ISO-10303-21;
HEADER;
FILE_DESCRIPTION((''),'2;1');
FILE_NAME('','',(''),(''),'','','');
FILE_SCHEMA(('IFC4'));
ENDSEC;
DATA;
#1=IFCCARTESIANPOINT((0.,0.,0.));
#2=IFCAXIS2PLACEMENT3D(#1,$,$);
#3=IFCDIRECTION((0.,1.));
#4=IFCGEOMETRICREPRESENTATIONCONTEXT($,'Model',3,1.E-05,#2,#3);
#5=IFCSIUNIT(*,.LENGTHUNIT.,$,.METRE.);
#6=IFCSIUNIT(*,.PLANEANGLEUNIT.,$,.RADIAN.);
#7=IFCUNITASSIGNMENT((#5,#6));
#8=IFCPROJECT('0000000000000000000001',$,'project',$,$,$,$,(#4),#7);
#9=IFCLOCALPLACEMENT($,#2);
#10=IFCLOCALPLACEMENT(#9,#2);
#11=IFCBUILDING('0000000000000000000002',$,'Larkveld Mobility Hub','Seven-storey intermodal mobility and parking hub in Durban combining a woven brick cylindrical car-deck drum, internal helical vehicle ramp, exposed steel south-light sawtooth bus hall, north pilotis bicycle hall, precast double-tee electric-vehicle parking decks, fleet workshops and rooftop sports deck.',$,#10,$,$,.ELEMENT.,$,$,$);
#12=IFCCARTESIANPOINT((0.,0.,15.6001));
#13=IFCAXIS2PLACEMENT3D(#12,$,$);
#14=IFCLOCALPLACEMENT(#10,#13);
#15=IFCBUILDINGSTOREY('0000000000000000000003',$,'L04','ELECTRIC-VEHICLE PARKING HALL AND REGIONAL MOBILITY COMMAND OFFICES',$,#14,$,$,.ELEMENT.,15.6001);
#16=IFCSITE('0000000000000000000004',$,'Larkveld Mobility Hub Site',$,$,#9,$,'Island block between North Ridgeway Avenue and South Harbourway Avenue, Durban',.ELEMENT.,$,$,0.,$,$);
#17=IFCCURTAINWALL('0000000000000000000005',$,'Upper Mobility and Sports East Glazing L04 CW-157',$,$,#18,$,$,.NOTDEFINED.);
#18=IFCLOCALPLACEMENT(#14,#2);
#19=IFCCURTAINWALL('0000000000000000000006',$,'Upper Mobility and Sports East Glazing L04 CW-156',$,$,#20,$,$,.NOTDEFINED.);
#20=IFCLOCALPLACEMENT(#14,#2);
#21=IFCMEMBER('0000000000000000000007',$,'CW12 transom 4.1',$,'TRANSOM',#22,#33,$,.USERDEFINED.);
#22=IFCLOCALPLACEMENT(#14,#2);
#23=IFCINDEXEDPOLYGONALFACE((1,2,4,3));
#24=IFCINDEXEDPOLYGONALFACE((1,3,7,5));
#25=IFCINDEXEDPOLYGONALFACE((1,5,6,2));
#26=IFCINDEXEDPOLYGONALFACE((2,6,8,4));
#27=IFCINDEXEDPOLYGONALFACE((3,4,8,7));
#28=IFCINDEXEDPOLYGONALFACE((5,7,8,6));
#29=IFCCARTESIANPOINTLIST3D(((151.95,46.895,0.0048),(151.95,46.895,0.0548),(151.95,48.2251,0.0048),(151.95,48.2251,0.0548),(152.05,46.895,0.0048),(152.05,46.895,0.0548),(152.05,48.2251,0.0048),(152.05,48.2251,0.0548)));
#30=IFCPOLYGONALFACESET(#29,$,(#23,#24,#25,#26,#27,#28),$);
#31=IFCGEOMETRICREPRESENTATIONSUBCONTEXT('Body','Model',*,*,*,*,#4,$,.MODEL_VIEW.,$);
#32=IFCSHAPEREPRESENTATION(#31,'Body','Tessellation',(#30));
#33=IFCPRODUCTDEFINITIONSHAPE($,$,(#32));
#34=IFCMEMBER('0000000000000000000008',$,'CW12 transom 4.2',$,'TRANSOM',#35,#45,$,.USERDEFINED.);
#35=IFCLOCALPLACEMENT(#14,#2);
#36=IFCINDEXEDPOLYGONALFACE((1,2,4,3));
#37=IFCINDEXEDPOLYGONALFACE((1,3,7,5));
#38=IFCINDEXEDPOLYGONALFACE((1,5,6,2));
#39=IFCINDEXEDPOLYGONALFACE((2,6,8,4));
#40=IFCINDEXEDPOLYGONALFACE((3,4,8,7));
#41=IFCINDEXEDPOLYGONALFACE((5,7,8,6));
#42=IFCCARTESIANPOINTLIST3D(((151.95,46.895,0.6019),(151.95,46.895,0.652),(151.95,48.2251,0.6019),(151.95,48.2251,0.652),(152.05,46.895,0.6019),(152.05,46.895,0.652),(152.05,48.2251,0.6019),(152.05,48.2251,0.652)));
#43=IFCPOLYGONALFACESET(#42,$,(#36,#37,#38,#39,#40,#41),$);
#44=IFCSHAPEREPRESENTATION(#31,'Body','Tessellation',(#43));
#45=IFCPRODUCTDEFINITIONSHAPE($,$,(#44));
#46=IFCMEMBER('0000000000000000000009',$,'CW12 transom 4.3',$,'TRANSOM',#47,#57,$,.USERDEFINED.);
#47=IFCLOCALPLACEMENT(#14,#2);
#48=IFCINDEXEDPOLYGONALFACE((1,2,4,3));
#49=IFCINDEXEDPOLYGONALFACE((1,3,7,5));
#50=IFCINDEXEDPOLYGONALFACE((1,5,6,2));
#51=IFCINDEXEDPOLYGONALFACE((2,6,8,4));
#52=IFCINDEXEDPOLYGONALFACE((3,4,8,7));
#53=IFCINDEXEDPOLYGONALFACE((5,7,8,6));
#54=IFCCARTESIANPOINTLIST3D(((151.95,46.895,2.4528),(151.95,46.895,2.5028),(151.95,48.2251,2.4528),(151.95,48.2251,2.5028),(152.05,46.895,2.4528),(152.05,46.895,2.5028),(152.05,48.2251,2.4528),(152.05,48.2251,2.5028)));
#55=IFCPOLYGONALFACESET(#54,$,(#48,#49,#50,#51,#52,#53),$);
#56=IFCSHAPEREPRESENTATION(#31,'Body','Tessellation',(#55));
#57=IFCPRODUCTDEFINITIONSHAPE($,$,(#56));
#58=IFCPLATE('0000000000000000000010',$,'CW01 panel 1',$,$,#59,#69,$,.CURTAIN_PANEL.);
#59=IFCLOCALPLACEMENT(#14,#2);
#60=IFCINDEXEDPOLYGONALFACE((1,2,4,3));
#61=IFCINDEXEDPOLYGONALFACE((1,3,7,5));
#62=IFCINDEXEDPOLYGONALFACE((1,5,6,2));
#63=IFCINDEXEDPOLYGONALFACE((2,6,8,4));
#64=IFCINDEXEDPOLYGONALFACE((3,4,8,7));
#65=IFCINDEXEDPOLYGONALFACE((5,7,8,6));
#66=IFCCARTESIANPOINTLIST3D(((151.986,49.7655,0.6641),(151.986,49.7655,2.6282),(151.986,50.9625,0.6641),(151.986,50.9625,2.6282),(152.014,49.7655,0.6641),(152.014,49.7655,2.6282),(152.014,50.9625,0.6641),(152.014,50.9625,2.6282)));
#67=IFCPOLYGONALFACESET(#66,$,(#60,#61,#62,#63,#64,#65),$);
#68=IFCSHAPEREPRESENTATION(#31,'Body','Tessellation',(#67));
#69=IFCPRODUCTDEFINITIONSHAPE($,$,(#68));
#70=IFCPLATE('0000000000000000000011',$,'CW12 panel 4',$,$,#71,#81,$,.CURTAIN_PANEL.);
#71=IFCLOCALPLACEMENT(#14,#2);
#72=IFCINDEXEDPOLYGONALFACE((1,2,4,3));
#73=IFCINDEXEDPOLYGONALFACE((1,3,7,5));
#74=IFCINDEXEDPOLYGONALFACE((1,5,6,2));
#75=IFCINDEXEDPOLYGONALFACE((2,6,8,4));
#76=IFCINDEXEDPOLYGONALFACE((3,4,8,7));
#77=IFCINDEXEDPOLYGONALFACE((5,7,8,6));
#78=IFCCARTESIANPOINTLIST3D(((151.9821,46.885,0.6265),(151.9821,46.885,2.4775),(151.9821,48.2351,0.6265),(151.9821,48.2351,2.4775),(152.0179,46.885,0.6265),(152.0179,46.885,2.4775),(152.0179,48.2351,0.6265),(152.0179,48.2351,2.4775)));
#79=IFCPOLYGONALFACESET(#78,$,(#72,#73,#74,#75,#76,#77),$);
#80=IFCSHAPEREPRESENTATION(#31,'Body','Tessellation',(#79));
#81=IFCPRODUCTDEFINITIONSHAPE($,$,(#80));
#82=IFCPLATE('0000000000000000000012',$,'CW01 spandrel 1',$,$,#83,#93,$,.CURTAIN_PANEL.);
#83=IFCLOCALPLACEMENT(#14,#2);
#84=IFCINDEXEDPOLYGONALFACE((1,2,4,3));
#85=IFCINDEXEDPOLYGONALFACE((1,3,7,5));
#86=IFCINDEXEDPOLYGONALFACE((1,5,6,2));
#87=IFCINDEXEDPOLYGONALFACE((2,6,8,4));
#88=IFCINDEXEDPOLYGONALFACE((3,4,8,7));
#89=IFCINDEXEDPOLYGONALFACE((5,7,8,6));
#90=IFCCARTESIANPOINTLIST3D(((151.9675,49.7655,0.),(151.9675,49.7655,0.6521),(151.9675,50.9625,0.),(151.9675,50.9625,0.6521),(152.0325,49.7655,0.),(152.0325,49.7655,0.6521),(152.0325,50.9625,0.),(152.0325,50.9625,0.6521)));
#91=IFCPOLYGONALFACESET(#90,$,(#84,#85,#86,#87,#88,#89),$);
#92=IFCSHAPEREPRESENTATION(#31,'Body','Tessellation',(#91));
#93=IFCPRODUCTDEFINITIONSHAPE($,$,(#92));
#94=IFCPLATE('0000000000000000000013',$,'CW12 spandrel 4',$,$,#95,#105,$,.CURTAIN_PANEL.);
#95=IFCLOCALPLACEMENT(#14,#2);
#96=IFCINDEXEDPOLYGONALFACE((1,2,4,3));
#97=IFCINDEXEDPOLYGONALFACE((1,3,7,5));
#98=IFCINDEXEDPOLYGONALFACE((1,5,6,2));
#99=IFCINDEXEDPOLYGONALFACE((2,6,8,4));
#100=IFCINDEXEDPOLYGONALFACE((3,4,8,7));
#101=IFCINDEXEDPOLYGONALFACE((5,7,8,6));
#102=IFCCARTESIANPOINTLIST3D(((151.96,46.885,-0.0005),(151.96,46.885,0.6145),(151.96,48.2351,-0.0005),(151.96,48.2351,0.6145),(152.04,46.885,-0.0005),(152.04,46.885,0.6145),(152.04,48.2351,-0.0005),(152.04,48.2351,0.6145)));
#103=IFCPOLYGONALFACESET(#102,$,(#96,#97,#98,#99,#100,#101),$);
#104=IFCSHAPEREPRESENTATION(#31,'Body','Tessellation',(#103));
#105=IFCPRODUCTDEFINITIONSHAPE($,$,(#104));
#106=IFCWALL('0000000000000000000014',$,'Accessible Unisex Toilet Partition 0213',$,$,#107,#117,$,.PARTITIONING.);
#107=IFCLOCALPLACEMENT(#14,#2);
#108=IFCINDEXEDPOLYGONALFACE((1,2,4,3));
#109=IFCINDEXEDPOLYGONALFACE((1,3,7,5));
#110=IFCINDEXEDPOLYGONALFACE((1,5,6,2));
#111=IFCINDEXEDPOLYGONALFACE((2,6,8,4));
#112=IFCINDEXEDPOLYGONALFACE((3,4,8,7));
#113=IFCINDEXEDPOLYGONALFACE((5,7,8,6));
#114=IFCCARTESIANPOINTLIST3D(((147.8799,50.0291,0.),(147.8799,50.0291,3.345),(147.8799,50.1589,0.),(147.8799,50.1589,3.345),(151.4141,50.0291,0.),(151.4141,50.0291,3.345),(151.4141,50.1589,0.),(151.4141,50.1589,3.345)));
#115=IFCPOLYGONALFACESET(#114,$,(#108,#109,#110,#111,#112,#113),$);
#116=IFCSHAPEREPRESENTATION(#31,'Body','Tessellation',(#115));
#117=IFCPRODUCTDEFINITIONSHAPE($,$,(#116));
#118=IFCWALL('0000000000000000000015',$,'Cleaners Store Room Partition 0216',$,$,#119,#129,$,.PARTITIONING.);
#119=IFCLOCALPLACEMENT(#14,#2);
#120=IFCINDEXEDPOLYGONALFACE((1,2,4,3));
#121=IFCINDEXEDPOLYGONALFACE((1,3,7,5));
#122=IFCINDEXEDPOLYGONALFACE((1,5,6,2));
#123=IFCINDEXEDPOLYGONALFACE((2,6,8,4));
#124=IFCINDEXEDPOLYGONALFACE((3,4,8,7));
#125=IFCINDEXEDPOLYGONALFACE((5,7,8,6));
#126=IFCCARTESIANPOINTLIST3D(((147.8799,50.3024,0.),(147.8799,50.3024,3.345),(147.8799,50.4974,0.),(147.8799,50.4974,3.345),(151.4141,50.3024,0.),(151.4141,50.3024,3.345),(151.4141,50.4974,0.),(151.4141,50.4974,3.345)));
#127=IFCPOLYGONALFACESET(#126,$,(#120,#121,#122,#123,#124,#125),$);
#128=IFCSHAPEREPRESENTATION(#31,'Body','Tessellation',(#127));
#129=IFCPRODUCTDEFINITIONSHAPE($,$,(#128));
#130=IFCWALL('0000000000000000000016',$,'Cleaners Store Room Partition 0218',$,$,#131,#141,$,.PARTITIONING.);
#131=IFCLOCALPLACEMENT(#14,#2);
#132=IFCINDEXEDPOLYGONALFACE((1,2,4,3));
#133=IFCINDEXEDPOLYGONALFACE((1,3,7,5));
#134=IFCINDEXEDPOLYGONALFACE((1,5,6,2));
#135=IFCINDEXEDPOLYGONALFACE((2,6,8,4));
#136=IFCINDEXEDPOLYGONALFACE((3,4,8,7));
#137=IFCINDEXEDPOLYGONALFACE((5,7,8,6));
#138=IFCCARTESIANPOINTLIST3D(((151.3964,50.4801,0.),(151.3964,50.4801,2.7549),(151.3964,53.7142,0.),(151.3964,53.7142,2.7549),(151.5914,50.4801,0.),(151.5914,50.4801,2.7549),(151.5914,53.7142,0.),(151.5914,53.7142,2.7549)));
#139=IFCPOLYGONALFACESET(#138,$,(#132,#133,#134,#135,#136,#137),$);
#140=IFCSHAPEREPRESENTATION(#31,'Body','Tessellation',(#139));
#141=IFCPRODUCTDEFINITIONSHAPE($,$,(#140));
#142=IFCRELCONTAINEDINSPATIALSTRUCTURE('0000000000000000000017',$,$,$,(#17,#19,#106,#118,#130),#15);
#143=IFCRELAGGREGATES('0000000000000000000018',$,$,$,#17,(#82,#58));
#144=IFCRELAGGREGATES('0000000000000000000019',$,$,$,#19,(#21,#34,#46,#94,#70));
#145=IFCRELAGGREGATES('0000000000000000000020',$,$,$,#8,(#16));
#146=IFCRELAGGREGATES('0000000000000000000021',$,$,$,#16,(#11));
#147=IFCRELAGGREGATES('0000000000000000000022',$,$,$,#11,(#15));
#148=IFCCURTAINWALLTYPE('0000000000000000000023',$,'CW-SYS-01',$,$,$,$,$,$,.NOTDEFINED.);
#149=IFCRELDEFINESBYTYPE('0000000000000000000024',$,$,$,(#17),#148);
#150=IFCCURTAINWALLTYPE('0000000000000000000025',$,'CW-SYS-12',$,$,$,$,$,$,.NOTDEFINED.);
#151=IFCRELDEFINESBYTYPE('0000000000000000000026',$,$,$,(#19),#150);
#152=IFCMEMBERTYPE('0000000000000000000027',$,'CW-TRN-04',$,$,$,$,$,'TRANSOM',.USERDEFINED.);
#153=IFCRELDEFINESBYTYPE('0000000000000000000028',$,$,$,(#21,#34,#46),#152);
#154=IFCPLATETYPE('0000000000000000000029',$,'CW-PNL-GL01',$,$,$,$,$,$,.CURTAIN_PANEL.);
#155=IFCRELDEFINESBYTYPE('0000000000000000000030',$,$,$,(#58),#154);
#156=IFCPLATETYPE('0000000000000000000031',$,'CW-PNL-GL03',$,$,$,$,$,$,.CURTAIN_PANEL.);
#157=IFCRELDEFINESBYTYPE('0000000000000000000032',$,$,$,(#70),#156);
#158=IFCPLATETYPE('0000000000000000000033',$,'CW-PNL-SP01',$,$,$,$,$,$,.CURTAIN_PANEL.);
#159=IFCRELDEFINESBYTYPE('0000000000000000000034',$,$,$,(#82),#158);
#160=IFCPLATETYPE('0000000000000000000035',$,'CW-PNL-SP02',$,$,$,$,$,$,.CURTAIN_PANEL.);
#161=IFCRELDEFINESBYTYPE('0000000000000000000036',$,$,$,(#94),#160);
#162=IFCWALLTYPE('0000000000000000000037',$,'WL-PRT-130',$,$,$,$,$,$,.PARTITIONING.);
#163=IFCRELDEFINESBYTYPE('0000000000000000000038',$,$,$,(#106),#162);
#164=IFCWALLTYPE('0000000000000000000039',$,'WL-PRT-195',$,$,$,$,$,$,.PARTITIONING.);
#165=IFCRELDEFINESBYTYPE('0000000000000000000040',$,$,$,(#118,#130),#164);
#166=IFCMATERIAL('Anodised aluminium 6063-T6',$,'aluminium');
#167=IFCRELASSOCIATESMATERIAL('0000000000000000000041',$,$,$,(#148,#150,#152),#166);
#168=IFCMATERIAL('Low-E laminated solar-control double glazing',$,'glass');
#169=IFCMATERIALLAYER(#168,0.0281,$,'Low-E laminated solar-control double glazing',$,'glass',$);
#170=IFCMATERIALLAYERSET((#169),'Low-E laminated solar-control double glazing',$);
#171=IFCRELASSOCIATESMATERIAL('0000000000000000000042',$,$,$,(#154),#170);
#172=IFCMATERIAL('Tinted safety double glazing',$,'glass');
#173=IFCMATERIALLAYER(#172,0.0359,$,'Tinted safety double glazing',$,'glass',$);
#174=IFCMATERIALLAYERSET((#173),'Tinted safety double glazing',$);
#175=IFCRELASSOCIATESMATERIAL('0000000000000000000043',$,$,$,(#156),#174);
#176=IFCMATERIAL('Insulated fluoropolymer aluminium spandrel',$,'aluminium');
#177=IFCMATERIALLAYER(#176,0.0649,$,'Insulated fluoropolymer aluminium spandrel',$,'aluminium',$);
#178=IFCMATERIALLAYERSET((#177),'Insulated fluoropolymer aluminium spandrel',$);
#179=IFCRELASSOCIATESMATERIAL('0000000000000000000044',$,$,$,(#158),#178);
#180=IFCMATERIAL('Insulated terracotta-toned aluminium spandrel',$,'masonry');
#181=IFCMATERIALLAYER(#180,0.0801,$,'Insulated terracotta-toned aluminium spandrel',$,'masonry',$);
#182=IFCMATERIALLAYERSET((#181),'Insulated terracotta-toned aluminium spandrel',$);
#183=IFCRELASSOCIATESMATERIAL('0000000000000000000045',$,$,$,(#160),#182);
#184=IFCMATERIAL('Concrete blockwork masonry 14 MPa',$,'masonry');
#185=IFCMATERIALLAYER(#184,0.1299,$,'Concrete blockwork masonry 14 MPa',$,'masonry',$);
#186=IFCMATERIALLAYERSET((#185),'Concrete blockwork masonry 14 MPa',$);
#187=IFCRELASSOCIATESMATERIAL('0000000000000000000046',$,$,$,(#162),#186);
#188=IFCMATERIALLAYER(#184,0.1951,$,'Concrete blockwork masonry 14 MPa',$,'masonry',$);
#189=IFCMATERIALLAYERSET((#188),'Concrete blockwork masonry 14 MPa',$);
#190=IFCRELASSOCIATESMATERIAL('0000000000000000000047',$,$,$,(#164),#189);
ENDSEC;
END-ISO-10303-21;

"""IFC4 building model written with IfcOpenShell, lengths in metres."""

from ifc_helpers import new_model, si_unit, direction, frame, frame_2d, origin, origin_2d, place, context, subcontext, project, spatial, rectangle, extrude, material, layer, layer_set, material_profile, profile_set, type_object, element, aggregate, save


model = new_model("IFC4")

# Units and contexts
model_context = context("Model", 3, precision=1e-05, world=origin(), true_north=direction((0.0, 1.0)))
body_context = subcontext(model_context, "Body", "Model", "MODEL_VIEW")
ifc_project = project(units=[si_unit("LENGTHUNIT", "METRE"), si_unit("PLANEANGLEUNIT", "RADIAN")], contexts=[model_context])

# Site, building, storey
site_placement = place(None, origin())
site = spatial("IfcSite", under=ifc_project, at=site_placement, Name="Larkveld Mobility Hub Site", LongName="Island block between North Ridgeway Avenue and South Harbourway Avenue, Durban", CompositionType="ELEMENT", RefElevation=0.0)
building_placement = place(site_placement, origin())
building = spatial("IfcBuilding", under=site, at=building_placement, Name="Larkveld Mobility Hub", Description="Seven-storey intermodal mobility and parking hub in Durban combining a woven brick cylindrical car-deck drum, internal helical vehicle ramp, exposed steel south-light sawtooth bus hall, north pilotis bicycle hall, precast double-tee electric-vehicle parking decks, fleet workshops and rooftop sports deck.", CompositionType="ELEMENT")
storey_placement = place(building_placement, frame((0.0, 0.0, 15.6001)))
storey = spatial("IfcBuildingStorey", under=building, at=storey_placement, Name="L04", Description="ELECTRIC-VEHICLE PARKING HALL AND REGIONAL MOBILITY COMMAND OFFICES", CompositionType="ELEMENT", Elevation=15.6001)

# Curtain walls
ifc_material_1 = material(Name="Anodised aluminium 6063-T6", Category="aluminium")
curtain_wall_type_1 = type_object("IfcCurtainWallType", Name="CW-SYS-01", PredefinedType="NOTDEFINED", material=ifc_material_1)
curtain_wall_1_placement = place(storey_placement, origin())
curtain_wall_1 = element("IfcCurtainWall", 1, at=curtain_wall_1_placement, inside=storey, type_object=curtain_wall_type_1, Name="Upper Mobility and Sports East Glazing L04 CW-157", PredefinedType="NOTDEFINED")
curtain_wall_type_2 = type_object("IfcCurtainWallType", Name="CW-SYS-12", PredefinedType="NOTDEFINED", material=ifc_material_1)
curtain_wall_2_placement = place(storey_placement, origin())
curtain_wall_2 = element("IfcCurtainWall", 2, at=curtain_wall_2_placement, inside=storey, type_object=curtain_wall_type_2, Name="Upper Mobility and Sports East Glazing L04 CW-156", PredefinedType="NOTDEFINED")

# Members
ifc_material_profile_1 = material_profile(ifc_material_1, rectangle(XDim=0.1001, YDim=0.05, at=origin_2d()), Name="ALU TRAN 50x100")
ifc_profile_set_1 = profile_set([ifc_material_profile_1], Name="Anodised aluminium 6063-T6")
member_type_1 = type_object("IfcMemberType", Name="CW-TRN-04", ElementType="TRANSOM", PredefinedType="USERDEFINED", material=ifc_profile_set_1)
member_1_placement = place(storey_placement, frame((152.0, 46.895, 0.0298), z_axis=(0.0, 1.0, 0.0), x_axis=(-1.0, 0.0, 0.0)))
member_1 = element("IfcMember", 3, at=member_1_placement, type_object=member_type_1, Name="CW12 transom 4.1", ObjectType="TRANSOM", PredefinedType="USERDEFINED", context=body_context, shape_type="SweptSolid", body=[
    extrude(rectangle(XDim=0.1001, YDim=0.05, at=origin_2d()), origin(), (0.0, 0.0, 1.0), 1.3301),
])
member_2_placement = place(storey_placement, frame((152.0, 46.895, 0.627), z_axis=(0.0, 1.0, 0.0), x_axis=(-1.0, 0.0, 0.0)))
member_2 = element("IfcMember", 4, at=member_2_placement, type_object=member_type_1, Name="CW12 transom 4.2", ObjectType="TRANSOM", PredefinedType="USERDEFINED", context=body_context, shape_type="SweptSolid", body=[
    extrude(rectangle(XDim=0.1001, YDim=0.05, at=origin_2d()), origin(), (0.0, 0.0, 1.0), 1.3301),
])
member_3_placement = place(storey_placement, frame((152.0, 46.895, 2.4778), z_axis=(0.0, 1.0, 0.0), x_axis=(-1.0, 0.0, 0.0)))
member_3 = element("IfcMember", 5, at=member_3_placement, type_object=member_type_1, Name="CW12 transom 4.3", ObjectType="TRANSOM", PredefinedType="USERDEFINED", context=body_context, shape_type="SweptSolid", body=[
    extrude(rectangle(XDim=0.1001, YDim=0.05, at=origin_2d()), origin(), (0.0, 0.0, 1.0), 1.3301),
])

# Plates
ifc_material_2 = material(Name="Low-E laminated solar-control double glazing", Category="glass")
ifc_layer_1 = layer(ifc_material_2, 0.0281, Name="Low-E laminated solar-control double glazing", Category="glass")
ifc_layer_set_1 = layer_set([ifc_layer_1], Name="Low-E laminated solar-control double glazing")
plate_type_1 = type_object("IfcPlateType", Name="CW-PNL-GL01", PredefinedType="CURTAIN_PANEL", material=ifc_layer_set_1)
plate_1_placement = place(storey_placement, frame((152.0, 50.364, 0.6641), z_axis=(0.0, 0.0, 1.0), x_axis=(0.0, 1.0, 0.0)))
plate_1 = element("IfcPlate", 6, at=plate_1_placement, type_object=plate_type_1, Name="CW01 panel 1", PredefinedType="CURTAIN_PANEL", context=body_context, shape_type="SweptSolid", body=[
    extrude(rectangle(XDim=1.197, YDim=0.0281, at=origin_2d()), origin(), (0.0, 0.0, 1.0), 1.9641),
])
ifc_material_3 = material(Name="Tinted safety double glazing", Category="glass")
ifc_layer_2 = layer(ifc_material_3, 0.0359, Name="Tinted safety double glazing", Category="glass")
ifc_layer_set_2 = layer_set([ifc_layer_2], Name="Tinted safety double glazing")
plate_type_2 = type_object("IfcPlateType", Name="CW-PNL-GL03", PredefinedType="CURTAIN_PANEL", material=ifc_layer_set_2)
plate_2_placement = place(storey_placement, frame((152.0, 47.5601, 0.6265), z_axis=(0.0, 0.0, 1.0), x_axis=(0.0, 1.0, 0.0)))
plate_2 = element("IfcPlate", 7, at=plate_2_placement, type_object=plate_type_2, Name="CW12 panel 4", PredefinedType="CURTAIN_PANEL", context=body_context, shape_type="SweptSolid", body=[
    extrude(rectangle(XDim=1.3501, YDim=0.0359, at=origin_2d()), origin(), (0.0, 0.0, 1.0), 1.8511),
])
ifc_material_4 = material(Name="Insulated fluoropolymer aluminium spandrel", Category="aluminium")
ifc_layer_3 = layer(ifc_material_4, 0.0649, Name="Insulated fluoropolymer aluminium spandrel", Category="aluminium")
ifc_layer_set_3 = layer_set([ifc_layer_3], Name="Insulated fluoropolymer aluminium spandrel")
plate_type_3 = type_object("IfcPlateType", Name="CW-PNL-SP01", PredefinedType="CURTAIN_PANEL", material=ifc_layer_set_3)
plate_3_placement = place(storey_placement, frame((152.0, 50.364, 0.0), z_axis=(0.0, 0.0, 1.0), x_axis=(0.0, 1.0, 0.0)))
plate_3 = element("IfcPlate", 8, at=plate_3_placement, type_object=plate_type_3, Name="CW01 spandrel 1", PredefinedType="CURTAIN_PANEL", context=body_context, shape_type="SweptSolid", body=[
    extrude(rectangle(XDim=1.197, YDim=0.0649, at=origin_2d()), origin(), (0.0, 0.0, 1.0), 0.6521),
])
aggregate(curtain_wall_1, [plate_3, plate_1])
ifc_material_5 = material(Name="Insulated terracotta-toned aluminium spandrel", Category="masonry")
ifc_layer_4 = layer(ifc_material_5, 0.0801, Name="Insulated terracotta-toned aluminium spandrel", Category="masonry")
ifc_layer_set_4 = layer_set([ifc_layer_4], Name="Insulated terracotta-toned aluminium spandrel")
plate_type_4 = type_object("IfcPlateType", Name="CW-PNL-SP02", PredefinedType="CURTAIN_PANEL", material=ifc_layer_set_4)
plate_4_placement = place(storey_placement, frame((152.0, 47.5601, -0.0005), z_axis=(0.0, 0.0, 1.0), x_axis=(0.0, 1.0, 0.0)))
plate_4 = element("IfcPlate", 9, at=plate_4_placement, type_object=plate_type_4, Name="CW12 spandrel 4", PredefinedType="CURTAIN_PANEL", context=body_context, shape_type="SweptSolid", body=[
    extrude(rectangle(XDim=1.3501, YDim=0.0801, at=origin_2d()), origin(), (0.0, 0.0, 1.0), 0.615),
])
aggregate(curtain_wall_2, [member_1, member_2, member_3, plate_4, plate_2])

# Walls
ifc_material_6 = material(Name="Concrete blockwork masonry 14 MPa", Category="masonry")
ifc_layer_5 = layer(ifc_material_6, 0.1299, Name="Concrete blockwork masonry 14 MPa", Category="masonry")
ifc_layer_set_5 = layer_set([ifc_layer_5], Name="Concrete blockwork masonry 14 MPa")
wall_type_1 = type_object("IfcWallType", Name="WL-PRT-130", PredefinedType="PARTITIONING", material=ifc_layer_set_5)
wall_1_placement = place(storey_placement, frame((147.8799, 50.094, 0.0), z_axis=(0.0, 0.0, 1.0), x_axis=(1.0, 0.0, 0.0)))
element("IfcWall", 10, at=wall_1_placement, inside=storey, type_object=wall_type_1, Name="Accessible Unisex Toilet Partition 0213", PredefinedType="PARTITIONING", context=body_context, shape_type="SweptSolid", body=[
    extrude(rectangle(XDim=3.5342, YDim=0.1299, at=frame_2d((1.7671, 0.0))), origin(), (0.0, 0.0, 1.0), 3.345),
])
ifc_layer_6 = layer(ifc_material_6, 0.1951, Name="Concrete blockwork masonry 14 MPa", Category="masonry")
ifc_layer_set_6 = layer_set([ifc_layer_6], Name="Concrete blockwork masonry 14 MPa")
wall_type_2 = type_object("IfcWallType", Name="WL-PRT-195", PredefinedType="PARTITIONING", material=ifc_layer_set_6)
wall_2_placement = place(storey_placement, frame((147.8799, 50.3999, 0.0), z_axis=(0.0, 0.0, 1.0), x_axis=(1.0, 0.0, 0.0)))
element("IfcWall", 11, at=wall_2_placement, inside=storey, type_object=wall_type_2, Name="Cleaners Store Room Partition 0216", PredefinedType="PARTITIONING", context=body_context, shape_type="SweptSolid", body=[
    extrude(rectangle(XDim=3.5342, YDim=0.1951, at=frame_2d((1.7671, 0.0))), origin(), (0.0, 0.0, 1.0), 3.345),
])

# Wall
wall_3_placement = place(storey_placement, frame((151.4939, 50.48, 0.0), z_axis=(0.0, 0.0, 1.0), x_axis=(0.0, 1.0, 0.0)))
element("IfcWall", 12, at=wall_3_placement, inside=storey, type_object=wall_type_2, Name="Cleaners Store Room Partition 0218", PredefinedType="PARTITIONING", context=body_context, shape_type="SweptSolid", body=[
    extrude(rectangle(XDim=3.2341, YDim=0.1951, at=frame_2d((1.6172, 0.0))), origin(), (0.0, 0.0, 1.0), 2.7549),
])

save(model, "model.ifc")
